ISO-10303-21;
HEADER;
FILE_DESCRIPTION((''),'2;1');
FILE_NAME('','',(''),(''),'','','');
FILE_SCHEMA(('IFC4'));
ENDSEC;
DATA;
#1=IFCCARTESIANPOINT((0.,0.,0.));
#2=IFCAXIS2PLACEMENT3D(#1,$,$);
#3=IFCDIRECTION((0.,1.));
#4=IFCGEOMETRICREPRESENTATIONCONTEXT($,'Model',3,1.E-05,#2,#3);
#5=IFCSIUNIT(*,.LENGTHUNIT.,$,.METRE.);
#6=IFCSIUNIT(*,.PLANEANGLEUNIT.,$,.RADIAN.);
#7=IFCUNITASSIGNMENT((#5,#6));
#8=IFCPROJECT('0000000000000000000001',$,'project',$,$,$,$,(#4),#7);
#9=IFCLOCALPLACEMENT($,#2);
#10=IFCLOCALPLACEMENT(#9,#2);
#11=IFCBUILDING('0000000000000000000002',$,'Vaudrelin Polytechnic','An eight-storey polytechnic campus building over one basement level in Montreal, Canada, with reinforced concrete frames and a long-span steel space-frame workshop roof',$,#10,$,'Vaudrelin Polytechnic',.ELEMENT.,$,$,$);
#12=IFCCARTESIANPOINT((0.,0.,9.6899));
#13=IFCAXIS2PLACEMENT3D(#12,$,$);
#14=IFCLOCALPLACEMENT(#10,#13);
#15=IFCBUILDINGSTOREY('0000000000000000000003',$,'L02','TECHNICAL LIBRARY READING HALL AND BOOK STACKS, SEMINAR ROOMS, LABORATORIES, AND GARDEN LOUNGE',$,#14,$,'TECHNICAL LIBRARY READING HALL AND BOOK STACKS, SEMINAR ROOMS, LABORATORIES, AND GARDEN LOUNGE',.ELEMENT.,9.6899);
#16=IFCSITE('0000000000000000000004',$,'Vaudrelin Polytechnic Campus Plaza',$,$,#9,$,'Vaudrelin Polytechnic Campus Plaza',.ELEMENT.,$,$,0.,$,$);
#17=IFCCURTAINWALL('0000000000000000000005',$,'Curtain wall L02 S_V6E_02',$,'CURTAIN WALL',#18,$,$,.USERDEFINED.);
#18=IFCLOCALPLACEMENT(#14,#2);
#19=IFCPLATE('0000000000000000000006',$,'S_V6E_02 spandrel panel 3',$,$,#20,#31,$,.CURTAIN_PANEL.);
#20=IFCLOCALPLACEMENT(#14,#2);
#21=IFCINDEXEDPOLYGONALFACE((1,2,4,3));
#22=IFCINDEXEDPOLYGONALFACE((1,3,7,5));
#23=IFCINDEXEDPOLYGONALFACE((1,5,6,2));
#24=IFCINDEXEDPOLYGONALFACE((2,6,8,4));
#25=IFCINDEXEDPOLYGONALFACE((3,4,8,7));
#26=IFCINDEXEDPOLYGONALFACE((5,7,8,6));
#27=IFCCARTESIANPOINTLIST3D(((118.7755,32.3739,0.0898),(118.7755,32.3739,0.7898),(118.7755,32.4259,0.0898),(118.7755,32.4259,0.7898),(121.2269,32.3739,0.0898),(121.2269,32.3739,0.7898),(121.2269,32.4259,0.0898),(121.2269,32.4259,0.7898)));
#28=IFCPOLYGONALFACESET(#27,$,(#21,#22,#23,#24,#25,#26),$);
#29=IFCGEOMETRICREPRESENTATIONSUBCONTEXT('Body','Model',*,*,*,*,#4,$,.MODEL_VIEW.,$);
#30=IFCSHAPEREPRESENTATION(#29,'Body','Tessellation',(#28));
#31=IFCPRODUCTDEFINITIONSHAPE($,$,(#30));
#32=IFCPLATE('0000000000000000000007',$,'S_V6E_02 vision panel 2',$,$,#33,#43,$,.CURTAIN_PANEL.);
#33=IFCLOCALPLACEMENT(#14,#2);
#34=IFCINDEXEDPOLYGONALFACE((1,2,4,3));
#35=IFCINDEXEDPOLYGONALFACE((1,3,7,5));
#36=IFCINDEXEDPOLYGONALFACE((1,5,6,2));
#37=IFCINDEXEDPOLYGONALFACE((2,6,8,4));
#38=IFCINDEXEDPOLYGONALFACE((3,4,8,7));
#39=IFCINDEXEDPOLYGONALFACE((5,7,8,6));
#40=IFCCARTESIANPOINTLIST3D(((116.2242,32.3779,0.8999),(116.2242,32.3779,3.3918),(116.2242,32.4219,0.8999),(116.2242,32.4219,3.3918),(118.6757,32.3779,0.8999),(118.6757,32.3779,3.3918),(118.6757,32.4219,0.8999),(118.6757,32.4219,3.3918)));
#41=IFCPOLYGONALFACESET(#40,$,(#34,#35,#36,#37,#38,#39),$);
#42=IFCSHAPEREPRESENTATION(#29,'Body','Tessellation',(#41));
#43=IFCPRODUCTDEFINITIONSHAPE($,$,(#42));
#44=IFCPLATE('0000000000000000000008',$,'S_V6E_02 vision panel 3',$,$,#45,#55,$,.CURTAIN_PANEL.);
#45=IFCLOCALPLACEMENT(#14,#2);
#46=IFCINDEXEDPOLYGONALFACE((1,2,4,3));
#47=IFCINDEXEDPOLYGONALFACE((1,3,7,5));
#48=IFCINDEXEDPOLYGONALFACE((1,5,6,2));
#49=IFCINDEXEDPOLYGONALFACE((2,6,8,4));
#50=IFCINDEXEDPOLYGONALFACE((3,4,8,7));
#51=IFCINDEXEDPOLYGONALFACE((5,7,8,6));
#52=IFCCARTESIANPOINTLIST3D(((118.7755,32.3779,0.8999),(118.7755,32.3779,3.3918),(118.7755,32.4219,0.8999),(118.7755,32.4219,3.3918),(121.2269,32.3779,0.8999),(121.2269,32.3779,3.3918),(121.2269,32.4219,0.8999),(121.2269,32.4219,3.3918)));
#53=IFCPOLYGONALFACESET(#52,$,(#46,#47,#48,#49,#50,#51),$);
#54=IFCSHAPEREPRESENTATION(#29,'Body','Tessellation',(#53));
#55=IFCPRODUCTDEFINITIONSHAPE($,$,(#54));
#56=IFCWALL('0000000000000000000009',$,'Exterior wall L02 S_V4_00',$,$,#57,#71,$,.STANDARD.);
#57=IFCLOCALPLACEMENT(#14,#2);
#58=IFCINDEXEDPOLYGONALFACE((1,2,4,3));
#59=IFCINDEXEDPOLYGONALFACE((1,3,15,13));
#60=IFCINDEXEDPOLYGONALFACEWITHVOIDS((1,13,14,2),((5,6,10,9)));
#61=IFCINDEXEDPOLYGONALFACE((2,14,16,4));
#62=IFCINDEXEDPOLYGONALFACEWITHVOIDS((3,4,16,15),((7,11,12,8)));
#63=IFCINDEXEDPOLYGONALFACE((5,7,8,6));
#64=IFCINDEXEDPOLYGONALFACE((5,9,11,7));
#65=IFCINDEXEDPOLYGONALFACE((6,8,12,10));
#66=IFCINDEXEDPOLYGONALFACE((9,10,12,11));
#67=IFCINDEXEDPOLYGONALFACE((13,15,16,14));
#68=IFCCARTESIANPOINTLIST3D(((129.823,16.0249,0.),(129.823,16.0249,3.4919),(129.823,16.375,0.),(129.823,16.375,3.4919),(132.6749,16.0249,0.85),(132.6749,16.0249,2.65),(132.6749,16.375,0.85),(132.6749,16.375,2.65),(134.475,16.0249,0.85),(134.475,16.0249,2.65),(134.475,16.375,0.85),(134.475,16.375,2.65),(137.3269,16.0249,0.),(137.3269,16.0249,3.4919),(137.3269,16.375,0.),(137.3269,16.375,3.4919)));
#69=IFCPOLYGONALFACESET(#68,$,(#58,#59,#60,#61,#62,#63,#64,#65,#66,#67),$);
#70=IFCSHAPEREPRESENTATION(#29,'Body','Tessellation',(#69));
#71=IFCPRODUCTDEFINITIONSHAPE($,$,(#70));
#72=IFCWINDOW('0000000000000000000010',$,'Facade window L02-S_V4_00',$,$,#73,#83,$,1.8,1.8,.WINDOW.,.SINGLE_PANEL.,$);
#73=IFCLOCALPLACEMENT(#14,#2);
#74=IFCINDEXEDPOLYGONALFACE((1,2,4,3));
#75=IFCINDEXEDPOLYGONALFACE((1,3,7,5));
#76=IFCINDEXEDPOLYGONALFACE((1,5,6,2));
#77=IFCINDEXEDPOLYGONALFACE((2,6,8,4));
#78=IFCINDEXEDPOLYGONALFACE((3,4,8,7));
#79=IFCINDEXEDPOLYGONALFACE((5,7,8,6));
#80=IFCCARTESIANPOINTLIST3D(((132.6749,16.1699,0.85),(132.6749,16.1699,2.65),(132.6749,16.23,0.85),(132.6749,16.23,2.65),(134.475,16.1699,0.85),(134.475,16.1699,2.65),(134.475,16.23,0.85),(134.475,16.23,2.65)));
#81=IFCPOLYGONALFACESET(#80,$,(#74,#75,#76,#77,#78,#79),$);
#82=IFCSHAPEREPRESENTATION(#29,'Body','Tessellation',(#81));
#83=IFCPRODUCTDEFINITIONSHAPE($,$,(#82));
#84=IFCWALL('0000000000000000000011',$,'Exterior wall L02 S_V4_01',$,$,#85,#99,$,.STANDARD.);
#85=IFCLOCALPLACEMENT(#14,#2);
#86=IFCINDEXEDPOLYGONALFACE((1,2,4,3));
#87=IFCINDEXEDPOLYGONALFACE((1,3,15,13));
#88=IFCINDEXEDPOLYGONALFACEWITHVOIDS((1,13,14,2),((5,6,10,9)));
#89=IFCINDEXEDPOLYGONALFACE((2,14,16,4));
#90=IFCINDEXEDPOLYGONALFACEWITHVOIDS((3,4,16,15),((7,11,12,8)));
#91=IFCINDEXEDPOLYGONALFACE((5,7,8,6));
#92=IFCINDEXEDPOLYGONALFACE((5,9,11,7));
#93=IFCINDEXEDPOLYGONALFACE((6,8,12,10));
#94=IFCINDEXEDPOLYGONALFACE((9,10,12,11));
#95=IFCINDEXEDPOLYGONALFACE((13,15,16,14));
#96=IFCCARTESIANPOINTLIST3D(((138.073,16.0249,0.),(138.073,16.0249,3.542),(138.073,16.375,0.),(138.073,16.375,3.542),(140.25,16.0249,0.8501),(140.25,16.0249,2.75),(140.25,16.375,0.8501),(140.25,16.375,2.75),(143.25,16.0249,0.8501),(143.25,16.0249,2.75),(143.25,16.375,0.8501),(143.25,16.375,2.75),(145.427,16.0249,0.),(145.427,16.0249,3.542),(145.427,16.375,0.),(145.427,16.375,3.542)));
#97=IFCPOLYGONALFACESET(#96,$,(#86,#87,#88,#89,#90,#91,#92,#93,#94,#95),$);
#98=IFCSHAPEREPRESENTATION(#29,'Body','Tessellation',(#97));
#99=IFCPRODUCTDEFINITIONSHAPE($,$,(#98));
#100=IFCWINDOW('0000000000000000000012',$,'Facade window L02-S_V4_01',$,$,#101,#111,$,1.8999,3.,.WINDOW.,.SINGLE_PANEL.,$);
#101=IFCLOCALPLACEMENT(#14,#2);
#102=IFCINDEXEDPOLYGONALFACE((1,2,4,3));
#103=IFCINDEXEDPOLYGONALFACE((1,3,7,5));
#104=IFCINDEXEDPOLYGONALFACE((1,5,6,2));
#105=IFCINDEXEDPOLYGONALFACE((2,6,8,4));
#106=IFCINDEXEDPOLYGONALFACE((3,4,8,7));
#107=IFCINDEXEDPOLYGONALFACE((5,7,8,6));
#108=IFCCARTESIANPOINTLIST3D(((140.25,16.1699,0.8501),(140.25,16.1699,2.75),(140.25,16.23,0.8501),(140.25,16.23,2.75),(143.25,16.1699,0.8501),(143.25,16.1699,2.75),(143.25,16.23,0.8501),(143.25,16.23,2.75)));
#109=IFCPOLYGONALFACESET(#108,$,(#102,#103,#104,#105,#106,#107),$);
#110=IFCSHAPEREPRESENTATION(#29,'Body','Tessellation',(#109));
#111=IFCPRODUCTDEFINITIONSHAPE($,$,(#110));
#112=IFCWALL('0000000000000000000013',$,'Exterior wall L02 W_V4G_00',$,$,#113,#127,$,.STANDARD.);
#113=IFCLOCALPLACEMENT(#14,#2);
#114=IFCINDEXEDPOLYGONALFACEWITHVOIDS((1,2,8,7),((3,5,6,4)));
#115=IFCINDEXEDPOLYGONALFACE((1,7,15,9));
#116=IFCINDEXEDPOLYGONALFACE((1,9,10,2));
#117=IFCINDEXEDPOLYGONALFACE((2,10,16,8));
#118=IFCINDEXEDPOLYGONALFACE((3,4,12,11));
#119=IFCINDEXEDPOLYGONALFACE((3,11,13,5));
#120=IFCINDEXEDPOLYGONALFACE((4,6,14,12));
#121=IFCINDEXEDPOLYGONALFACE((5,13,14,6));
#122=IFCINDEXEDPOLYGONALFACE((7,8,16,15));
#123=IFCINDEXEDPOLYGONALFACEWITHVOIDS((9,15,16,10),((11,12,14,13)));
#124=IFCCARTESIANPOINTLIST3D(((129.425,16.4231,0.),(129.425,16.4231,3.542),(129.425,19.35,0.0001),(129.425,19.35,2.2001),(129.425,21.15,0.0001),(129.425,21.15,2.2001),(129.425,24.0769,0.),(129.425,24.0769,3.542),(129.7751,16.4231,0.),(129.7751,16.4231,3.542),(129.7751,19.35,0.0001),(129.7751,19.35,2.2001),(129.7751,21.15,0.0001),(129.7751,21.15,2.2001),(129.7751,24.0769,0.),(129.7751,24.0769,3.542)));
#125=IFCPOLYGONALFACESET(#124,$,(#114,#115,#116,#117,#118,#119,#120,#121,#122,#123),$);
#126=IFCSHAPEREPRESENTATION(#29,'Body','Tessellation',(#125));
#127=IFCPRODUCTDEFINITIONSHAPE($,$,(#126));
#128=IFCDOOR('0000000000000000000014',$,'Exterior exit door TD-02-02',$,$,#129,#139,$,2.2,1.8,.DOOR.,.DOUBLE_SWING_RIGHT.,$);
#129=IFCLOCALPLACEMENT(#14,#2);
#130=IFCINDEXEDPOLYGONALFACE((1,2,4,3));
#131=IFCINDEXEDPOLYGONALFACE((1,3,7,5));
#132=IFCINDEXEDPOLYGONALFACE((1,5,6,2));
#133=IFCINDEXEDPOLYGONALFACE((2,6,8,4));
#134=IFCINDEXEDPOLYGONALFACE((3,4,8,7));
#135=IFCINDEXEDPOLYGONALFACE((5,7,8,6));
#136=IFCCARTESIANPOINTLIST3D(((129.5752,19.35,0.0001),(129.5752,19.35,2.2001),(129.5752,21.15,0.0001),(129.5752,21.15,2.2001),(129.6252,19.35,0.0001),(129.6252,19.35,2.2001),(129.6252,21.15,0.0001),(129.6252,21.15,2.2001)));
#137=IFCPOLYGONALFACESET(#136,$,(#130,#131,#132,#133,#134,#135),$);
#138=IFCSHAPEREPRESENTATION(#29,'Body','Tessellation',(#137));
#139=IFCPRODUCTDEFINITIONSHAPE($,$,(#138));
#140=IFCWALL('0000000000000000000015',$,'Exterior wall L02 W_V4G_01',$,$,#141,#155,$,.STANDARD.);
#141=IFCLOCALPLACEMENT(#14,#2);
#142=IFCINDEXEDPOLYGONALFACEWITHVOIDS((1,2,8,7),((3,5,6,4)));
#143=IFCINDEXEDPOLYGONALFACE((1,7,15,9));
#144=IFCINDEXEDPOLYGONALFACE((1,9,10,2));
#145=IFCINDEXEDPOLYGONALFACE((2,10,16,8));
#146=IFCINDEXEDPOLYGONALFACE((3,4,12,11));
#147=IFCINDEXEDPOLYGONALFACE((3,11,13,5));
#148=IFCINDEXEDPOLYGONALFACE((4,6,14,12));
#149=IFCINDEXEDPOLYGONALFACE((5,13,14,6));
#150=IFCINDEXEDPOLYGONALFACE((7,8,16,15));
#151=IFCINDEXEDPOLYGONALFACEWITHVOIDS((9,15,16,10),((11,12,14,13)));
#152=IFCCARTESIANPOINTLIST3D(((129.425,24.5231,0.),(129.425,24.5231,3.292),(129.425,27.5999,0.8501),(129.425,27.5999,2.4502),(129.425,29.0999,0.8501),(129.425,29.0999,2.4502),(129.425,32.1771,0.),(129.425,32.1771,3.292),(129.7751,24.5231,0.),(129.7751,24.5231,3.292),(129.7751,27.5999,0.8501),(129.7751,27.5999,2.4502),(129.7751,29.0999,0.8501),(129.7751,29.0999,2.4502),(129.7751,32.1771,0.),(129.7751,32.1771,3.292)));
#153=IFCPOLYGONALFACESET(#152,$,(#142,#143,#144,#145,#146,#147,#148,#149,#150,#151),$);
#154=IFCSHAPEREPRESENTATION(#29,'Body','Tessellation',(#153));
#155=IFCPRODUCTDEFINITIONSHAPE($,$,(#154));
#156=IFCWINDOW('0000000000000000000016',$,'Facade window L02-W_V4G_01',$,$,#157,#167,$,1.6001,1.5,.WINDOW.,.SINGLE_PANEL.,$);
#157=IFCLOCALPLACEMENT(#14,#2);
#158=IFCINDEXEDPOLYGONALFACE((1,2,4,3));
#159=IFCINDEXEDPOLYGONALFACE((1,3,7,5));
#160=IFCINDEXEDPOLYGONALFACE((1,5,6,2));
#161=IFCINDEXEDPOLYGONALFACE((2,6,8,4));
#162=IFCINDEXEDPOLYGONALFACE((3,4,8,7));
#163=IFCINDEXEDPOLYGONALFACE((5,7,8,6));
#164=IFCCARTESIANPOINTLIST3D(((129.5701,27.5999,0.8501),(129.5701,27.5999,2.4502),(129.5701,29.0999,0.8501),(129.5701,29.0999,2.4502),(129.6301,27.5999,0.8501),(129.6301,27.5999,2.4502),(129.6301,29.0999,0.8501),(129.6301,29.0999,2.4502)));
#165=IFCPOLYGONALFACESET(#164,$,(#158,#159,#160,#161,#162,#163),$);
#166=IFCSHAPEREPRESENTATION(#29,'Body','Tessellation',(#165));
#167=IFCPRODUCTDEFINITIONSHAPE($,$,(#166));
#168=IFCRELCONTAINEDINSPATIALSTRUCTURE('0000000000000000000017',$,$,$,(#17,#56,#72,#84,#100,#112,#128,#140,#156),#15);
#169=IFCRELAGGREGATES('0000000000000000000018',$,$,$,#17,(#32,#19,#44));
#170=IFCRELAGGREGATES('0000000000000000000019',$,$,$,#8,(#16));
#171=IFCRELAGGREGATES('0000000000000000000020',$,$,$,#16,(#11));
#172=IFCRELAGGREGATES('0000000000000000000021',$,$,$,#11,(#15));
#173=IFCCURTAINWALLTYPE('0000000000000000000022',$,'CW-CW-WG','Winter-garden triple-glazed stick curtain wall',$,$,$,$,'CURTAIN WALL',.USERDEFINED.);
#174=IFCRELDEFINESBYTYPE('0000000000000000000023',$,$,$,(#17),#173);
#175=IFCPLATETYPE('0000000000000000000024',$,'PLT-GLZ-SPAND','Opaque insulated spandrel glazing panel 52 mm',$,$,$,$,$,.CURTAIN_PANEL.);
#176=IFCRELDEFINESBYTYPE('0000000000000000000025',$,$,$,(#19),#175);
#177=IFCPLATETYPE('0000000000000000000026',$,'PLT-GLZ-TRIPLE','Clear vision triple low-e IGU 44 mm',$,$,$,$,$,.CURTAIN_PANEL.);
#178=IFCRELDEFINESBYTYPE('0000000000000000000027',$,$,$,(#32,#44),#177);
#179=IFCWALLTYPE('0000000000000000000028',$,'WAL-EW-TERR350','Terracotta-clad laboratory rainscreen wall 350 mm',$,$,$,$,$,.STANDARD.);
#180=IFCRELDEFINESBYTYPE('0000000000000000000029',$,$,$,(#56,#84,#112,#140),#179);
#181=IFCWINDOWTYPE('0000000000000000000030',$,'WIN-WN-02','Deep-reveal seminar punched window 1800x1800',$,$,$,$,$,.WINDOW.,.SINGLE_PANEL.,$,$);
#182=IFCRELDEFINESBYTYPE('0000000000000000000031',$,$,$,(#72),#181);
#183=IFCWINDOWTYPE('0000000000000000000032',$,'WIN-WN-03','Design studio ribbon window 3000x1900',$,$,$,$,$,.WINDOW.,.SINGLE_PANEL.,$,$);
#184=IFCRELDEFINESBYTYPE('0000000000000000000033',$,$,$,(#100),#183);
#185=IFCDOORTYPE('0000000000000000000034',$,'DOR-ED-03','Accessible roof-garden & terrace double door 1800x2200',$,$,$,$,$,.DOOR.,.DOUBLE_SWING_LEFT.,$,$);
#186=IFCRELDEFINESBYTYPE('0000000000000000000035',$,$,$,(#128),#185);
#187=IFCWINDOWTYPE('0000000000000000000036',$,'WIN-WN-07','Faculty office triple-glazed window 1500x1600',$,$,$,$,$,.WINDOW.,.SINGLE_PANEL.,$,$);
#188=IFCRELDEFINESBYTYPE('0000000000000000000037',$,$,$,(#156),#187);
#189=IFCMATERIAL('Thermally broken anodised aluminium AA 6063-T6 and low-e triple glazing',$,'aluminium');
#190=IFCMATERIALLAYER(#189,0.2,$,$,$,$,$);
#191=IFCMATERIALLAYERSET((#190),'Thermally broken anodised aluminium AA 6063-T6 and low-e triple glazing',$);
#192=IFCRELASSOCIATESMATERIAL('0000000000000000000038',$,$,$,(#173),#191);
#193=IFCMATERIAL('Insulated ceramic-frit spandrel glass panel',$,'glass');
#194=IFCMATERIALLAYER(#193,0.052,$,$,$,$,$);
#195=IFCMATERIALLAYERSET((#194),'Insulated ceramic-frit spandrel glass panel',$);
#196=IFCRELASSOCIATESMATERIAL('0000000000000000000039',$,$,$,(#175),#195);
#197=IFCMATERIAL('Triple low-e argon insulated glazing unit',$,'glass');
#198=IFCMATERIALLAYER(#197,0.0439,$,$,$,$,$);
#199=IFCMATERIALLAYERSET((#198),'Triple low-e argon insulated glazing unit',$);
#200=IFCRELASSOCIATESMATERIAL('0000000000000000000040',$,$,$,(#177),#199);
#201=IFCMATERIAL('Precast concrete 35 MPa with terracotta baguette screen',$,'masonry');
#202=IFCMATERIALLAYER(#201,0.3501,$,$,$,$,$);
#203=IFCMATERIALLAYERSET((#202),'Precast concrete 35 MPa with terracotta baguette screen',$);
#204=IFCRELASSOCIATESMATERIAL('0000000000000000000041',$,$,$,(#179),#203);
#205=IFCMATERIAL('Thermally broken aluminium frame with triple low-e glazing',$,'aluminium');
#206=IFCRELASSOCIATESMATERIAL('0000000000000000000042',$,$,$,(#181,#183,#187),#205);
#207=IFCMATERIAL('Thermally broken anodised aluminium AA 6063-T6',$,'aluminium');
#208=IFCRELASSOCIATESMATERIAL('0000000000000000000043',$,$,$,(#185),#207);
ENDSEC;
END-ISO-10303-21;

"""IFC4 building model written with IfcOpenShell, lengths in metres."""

from ifc_helpers import new_model, si_unit, direction, frame, frame_2d, origin, origin_2d, place, context, subcontext, project, spatial, rectangle, extrude, material, layer, layer_set, type_object, element, fill, aggregate, save


model = new_model("IFC4")

# Units and contexts
model_context = context("Model", 3, precision=1e-05, world=origin(), true_north=direction((0.0, 1.0)))
body_context = subcontext(model_context, "Body", "Model", "MODEL_VIEW")
ifc_project = project(units=[si_unit("LENGTHUNIT", "METRE"), si_unit("PLANEANGLEUNIT", "RADIAN")], contexts=[model_context])

# Site, building, storey
site_placement = place(None, origin())
site = spatial("IfcSite", under=ifc_project, at=site_placement, Name="Vaudrelin Polytechnic Campus Plaza", LongName="Vaudrelin Polytechnic Campus Plaza", CompositionType="ELEMENT", RefElevation=0.0)
building_placement = place(site_placement, origin())
building = spatial("IfcBuilding", under=site, at=building_placement, Name="Vaudrelin Polytechnic", Description="An eight-storey polytechnic campus building over one basement level in Montreal, Canada, with reinforced concrete frames and a long-span steel space-frame workshop roof", LongName="Vaudrelin Polytechnic", CompositionType="ELEMENT")
storey_placement = place(building_placement, frame((0.0, 0.0, 9.6899)))
storey = spatial("IfcBuildingStorey", under=building, at=storey_placement, Name="L02", Description="TECHNICAL LIBRARY READING HALL AND BOOK STACKS, SEMINAR ROOMS, LABORATORIES, AND GARDEN LOUNGE", LongName="TECHNICAL LIBRARY READING HALL AND BOOK STACKS, SEMINAR ROOMS, LABORATORIES, AND GARDEN LOUNGE", CompositionType="ELEMENT", Elevation=9.6899)

# Curtain wall
ifc_material_1 = material(Name="Thermally broken anodised aluminium AA 6063-T6 and low-e triple glazing", Category="aluminium")
ifc_layer_1 = layer(ifc_material_1, 0.2)
ifc_layer_set_1 = layer_set([ifc_layer_1], Name="Thermally broken anodised aluminium AA 6063-T6 and low-e triple glazing")
curtain_wall_type = type_object("IfcCurtainWallType", Name="CW-CW-WG", Description="Winter-garden triple-glazed stick curtain wall", ElementType="CURTAIN WALL", PredefinedType="USERDEFINED", material=ifc_layer_set_1)
curtain_wall_1_placement = place(storey_placement, origin())
curtain_wall_1 = element("IfcCurtainWall", 1, at=curtain_wall_1_placement, inside=storey, type_object=curtain_wall_type, Name="Curtain wall L02 S_V6E_02", ObjectType="CURTAIN WALL", PredefinedType="USERDEFINED")

# Plates
ifc_material_2 = material(Name="Insulated ceramic-frit spandrel glass panel", Category="glass")
ifc_layer_2 = layer(ifc_material_2, 0.052)
ifc_layer_set_2 = layer_set([ifc_layer_2], Name="Insulated ceramic-frit spandrel glass panel")
plate_type_1 = type_object("IfcPlateType", Name="PLT-GLZ-SPAND", Description="Opaque insulated spandrel glazing panel 52 mm", PredefinedType="CURTAIN_PANEL", material=ifc_layer_set_2)
plate_1_placement = place(storey_placement, frame((120.0012, 32.3999, 0.0898), z_axis=(0.0, 0.0, 1.0), x_axis=(1.0, 0.0, 0.0)))
plate_1 = element("IfcPlate", 2, at=plate_1_placement, type_object=plate_type_1, Name="S_V6E_02 spandrel panel 3", PredefinedType="CURTAIN_PANEL", context=body_context, shape_type="SweptSolid", body=[
    extrude(rectangle(XDim=2.4514, YDim=0.052, at=origin_2d()), origin(), (0.0, 0.0, 1.0), 0.7),
])
ifc_material_3 = material(Name="Triple low-e argon insulated glazing unit", Category="glass")
ifc_layer_3 = layer(ifc_material_3, 0.0439)
ifc_layer_set_3 = layer_set([ifc_layer_3], Name="Triple low-e argon insulated glazing unit")
plate_type_2 = type_object("IfcPlateType", Name="PLT-GLZ-TRIPLE", Description="Clear vision triple low-e IGU 44 mm", PredefinedType="CURTAIN_PANEL", material=ifc_layer_set_3)
plate_2_placement = place(storey_placement, frame((117.45, 32.3999, 0.8999), z_axis=(0.0, 0.0, 1.0), x_axis=(1.0, 0.0, 0.0)))
plate_2 = element("IfcPlate", 3, at=plate_2_placement, type_object=plate_type_2, Name="S_V6E_02 vision panel 2", PredefinedType="CURTAIN_PANEL", context=body_context, shape_type="SweptSolid", body=[
    extrude(rectangle(XDim=2.4514, YDim=0.0439, at=origin_2d()), origin(), (0.0, 0.0, 1.0), 2.4919),
])
plate_3_placement = place(storey_placement, frame((120.0012, 32.3999, 0.8999), z_axis=(0.0, 0.0, 1.0), x_axis=(1.0, 0.0, 0.0)))
plate_3 = element("IfcPlate", 4, at=plate_3_placement, type_object=plate_type_2, Name="S_V6E_02 vision panel 3", PredefinedType="CURTAIN_PANEL", context=body_context, shape_type="SweptSolid", body=[
    extrude(rectangle(XDim=2.4514, YDim=0.0439, at=origin_2d()), origin(), (0.0, 0.0, 1.0), 2.4919),
])
aggregate(curtain_wall_1, [plate_2, plate_1, plate_3])

# Walls, openings, windows
ifc_material_4 = material(Name="Precast concrete 35 MPa with terracotta baguette screen", Category="masonry")
ifc_layer_4 = layer(ifc_material_4, 0.3501)
ifc_layer_set_4 = layer_set([ifc_layer_4], Name="Precast concrete 35 MPa with terracotta baguette screen")
wall_type = type_object("IfcWallType", Name="WAL-EW-TERR350", Description="Terracotta-clad laboratory rainscreen wall 350 mm", PredefinedType="STANDARD", material=ifc_layer_set_4)
wall_1_placement = place(storey_placement, frame((129.823, 16.2, 0.0), z_axis=(0.0, 0.0, 1.0), x_axis=(1.0, 0.0, 0.0)))
wall_1 = element("IfcWall", 5, at=wall_1_placement, inside=storey, type_object=wall_type, Name="Exterior wall L02 S_V4_00", PredefinedType="STANDARD", context=body_context, shape_type="SweptSolid", body=[
    extrude(rectangle(XDim=7.5039, YDim=0.3501, at=frame_2d((3.752, 0.0))), origin(), (0.0, 0.0, 1.0), 3.4919),
])
opening_1_placement = place(wall_1_placement, frame((2.8521, 0.0, 0.8501)))
opening_1 = element("IfcOpeningElement", 6, at=opening_1_placement, cuts=wall_1, PredefinedType="OPENING", context=body_context, shape_type="SweptSolid", body=[
    extrude(rectangle(XDim=1.8, YDim=1.8, at=frame_2d((0.8999, 0.8999))), frame((0.0, 0.1851, 0.0), z_axis=(0.0, -1.0, 0.0), x_axis=(1.0, 0.0, 0.0)), (0.0, 0.0, 1.0), 0.3701),
])
ifc_material_5 = material(Name="Thermally broken aluminium frame with triple low-e glazing", Category="aluminium")
window_type_1 = type_object("IfcWindowType", Name="WIN-WN-02", Description="Deep-reveal seminar punched window 1800x1800", PartitioningType="SINGLE_PANEL", PredefinedType="WINDOW", material=ifc_material_5)
window_1_placement = place(opening_1_placement, origin())
window_1 = element("IfcWindow", 7, at=window_1_placement, inside=storey, type_object=window_type_1, Name="Facade window L02-S_V4_00", OverallHeight=1.8, OverallWidth=1.8, PartitioningType="SINGLE_PANEL", PredefinedType="WINDOW", context=body_context, shape_type="SweptSolid", body=[
    extrude(rectangle(XDim=1.8, YDim=1.8, at=frame_2d((0.8999, 0.8999))), frame((0.0, 0.03, 0.0), z_axis=(0.0, -1.0, 0.0), x_axis=(1.0, 0.0, 0.0)), (0.0, 0.0, 1.0), 0.0601),
])
fill(opening_1, window_1)
wall_2_placement = place(storey_placement, frame((138.073, 16.2, 0.0), z_axis=(0.0, 0.0, 1.0), x_axis=(1.0, 0.0, 0.0)))
wall_2 = element("IfcWall", 8, at=wall_2_placement, inside=storey, type_object=wall_type, Name="Exterior wall L02 S_V4_01", PredefinedType="STANDARD", context=body_context, shape_type="SweptSolid", body=[
    extrude(rectangle(XDim=7.354, YDim=0.3501, at=frame_2d((3.677, 0.0))), origin(), (0.0, 0.0, 1.0), 3.542),
])
opening_2_placement = place(wall_2_placement, frame((2.177, 0.0, 0.8501)))
opening_2 = element("IfcOpeningElement", 9, at=opening_2_placement, cuts=wall_2, PredefinedType="OPENING", context=body_context, shape_type="SweptSolid", body=[
    extrude(rectangle(XDim=3.0, YDim=1.8999, at=frame_2d((1.5, 0.95))), frame((0.0, 0.1851, 0.0), z_axis=(0.0, -1.0, 0.0), x_axis=(1.0, 0.0, 0.0)), (0.0, 0.0, 1.0), 0.3701),
])
window_type_2 = type_object("IfcWindowType", Name="WIN-WN-03", Description="Design studio ribbon window 3000x1900", PartitioningType="SINGLE_PANEL", PredefinedType="WINDOW", material=ifc_material_5)
window_2_placement = place(opening_2_placement, origin())
window_2 = element("IfcWindow", 10, at=window_2_placement, inside=storey, type_object=window_type_2, Name="Facade window L02-S_V4_01", OverallHeight=1.8999, OverallWidth=3.0, PartitioningType="SINGLE_PANEL", PredefinedType="WINDOW", context=body_context, shape_type="SweptSolid", body=[
    extrude(rectangle(XDim=3.0, YDim=1.8999, at=frame_2d((1.5, 0.95))), frame((0.0, 0.03, 0.0), z_axis=(0.0, -1.0, 0.0), x_axis=(1.0, 0.0, 0.0)), (0.0, 0.0, 1.0), 0.0601),
])
fill(opening_2, window_2)

# Wall, opening, door
wall_3_placement = place(storey_placement, frame((129.6001, 16.4231, 0.0), z_axis=(0.0, 0.0, 1.0), x_axis=(0.0, 1.0, 0.0)))
wall_3 = element("IfcWall", 11, at=wall_3_placement, inside=storey, type_object=wall_type, Name="Exterior wall L02 W_V4G_00", PredefinedType="STANDARD", context=body_context, shape_type="SweptSolid", body=[
    extrude(rectangle(XDim=7.6538, YDim=0.3501, at=frame_2d((3.8269, 0.0))), origin(), (0.0, 0.0, 1.0), 3.542),
])
opening_3_placement = place(wall_3_placement, frame((2.927, 0.0, 0.0)))
opening_3 = element("IfcOpeningElement", 12, at=opening_3_placement, cuts=wall_3, PredefinedType="OPENING", context=body_context, shape_type="SweptSolid", body=[
    extrude(rectangle(XDim=1.8, YDim=2.2, at=frame_2d((0.8999, 1.1001))), frame((0.0, 0.1851, 0.0), z_axis=(0.0, -1.0, 0.0), x_axis=(1.0, 0.0, 0.0)), (0.0, 0.0, 1.0), 0.3701),
])
ifc_material_6 = material(Name="Thermally broken anodised aluminium AA 6063-T6", Category="aluminium")
door_type = type_object("IfcDoorType", Name="DOR-ED-03", Description="Accessible roof-garden & terrace double door 1800x2200", OperationType="DOUBLE_SWING_LEFT", PredefinedType="DOOR", material=ifc_material_6)
door_placement = place(opening_3_placement, origin())
door = element("IfcDoor", 13, at=door_placement, inside=storey, type_object=door_type, Name="Exterior exit door TD-02-02", OperationType="DOUBLE_SWING_RIGHT", OverallHeight=2.2, OverallWidth=1.8, PredefinedType="DOOR", context=body_context, shape_type="SweptSolid", body=[
    extrude(rectangle(XDim=1.8, YDim=2.2, at=frame_2d((0.8999, 1.1001))), frame((0.0, 0.0249, 0.0), z_axis=(0.0, -1.0, 0.0), x_axis=(1.0, 0.0, 0.0)), (0.0, 0.0, 1.0), 0.05),
])
fill(opening_3, door)

# Wall, opening, window
wall_4_placement = place(storey_placement, frame((129.6001, 24.5229, 0.0), z_axis=(0.0, 0.0, 1.0), x_axis=(0.0, 1.0, 0.0)))
wall_4 = element("IfcWall", 14, at=wall_4_placement, inside=storey, type_object=wall_type, Name="Exterior wall L02 W_V4G_01", PredefinedType="STANDARD", context=body_context, shape_type="SweptSolid", body=[
    extrude(rectangle(XDim=7.6541, YDim=0.3501, at=frame_2d((3.8271, 0.0))), origin(), (0.0, 0.0, 1.0), 3.292),
])
opening_4_placement = place(wall_4_placement, frame((3.0769, 0.0, 0.8501)))
opening_4 = element("IfcOpeningElement", 15, at=opening_4_placement, cuts=wall_4, PredefinedType="OPENING", context=body_context, shape_type="SweptSolid", body=[
    extrude(rectangle(XDim=1.5, YDim=1.6001, at=frame_2d((0.75, 0.8))), frame((0.0, 0.1851, 0.0), z_axis=(0.0, -1.0, 0.0), x_axis=(1.0, 0.0, 0.0)), (0.0, 0.0, 1.0), 0.3701),
])
window_type_3 = type_object("IfcWindowType", Name="WIN-WN-07", Description="Faculty office triple-glazed window 1500x1600", PartitioningType="SINGLE_PANEL", PredefinedType="WINDOW", material=ifc_material_5)
window_3_placement = place(opening_4_placement, origin())
window_3 = element("IfcWindow", 16, at=window_3_placement, inside=storey, type_object=window_type_3, Name="Facade window L02-W_V4G_01", OverallHeight=1.6001, OverallWidth=1.5, PartitioningType="SINGLE_PANEL", PredefinedType="WINDOW", context=body_context, shape_type="SweptSolid", body=[
    extrude(rectangle(XDim=1.5, YDim=1.6001, at=frame_2d((0.75, 0.8))), frame((0.0, 0.03, 0.0), z_axis=(0.0, -1.0, 0.0), x_axis=(1.0, 0.0, 0.0)), (0.0, 0.0, 1.0), 0.0601),
])
fill(opening_4, window_3)

save(model, "model.ifc")
